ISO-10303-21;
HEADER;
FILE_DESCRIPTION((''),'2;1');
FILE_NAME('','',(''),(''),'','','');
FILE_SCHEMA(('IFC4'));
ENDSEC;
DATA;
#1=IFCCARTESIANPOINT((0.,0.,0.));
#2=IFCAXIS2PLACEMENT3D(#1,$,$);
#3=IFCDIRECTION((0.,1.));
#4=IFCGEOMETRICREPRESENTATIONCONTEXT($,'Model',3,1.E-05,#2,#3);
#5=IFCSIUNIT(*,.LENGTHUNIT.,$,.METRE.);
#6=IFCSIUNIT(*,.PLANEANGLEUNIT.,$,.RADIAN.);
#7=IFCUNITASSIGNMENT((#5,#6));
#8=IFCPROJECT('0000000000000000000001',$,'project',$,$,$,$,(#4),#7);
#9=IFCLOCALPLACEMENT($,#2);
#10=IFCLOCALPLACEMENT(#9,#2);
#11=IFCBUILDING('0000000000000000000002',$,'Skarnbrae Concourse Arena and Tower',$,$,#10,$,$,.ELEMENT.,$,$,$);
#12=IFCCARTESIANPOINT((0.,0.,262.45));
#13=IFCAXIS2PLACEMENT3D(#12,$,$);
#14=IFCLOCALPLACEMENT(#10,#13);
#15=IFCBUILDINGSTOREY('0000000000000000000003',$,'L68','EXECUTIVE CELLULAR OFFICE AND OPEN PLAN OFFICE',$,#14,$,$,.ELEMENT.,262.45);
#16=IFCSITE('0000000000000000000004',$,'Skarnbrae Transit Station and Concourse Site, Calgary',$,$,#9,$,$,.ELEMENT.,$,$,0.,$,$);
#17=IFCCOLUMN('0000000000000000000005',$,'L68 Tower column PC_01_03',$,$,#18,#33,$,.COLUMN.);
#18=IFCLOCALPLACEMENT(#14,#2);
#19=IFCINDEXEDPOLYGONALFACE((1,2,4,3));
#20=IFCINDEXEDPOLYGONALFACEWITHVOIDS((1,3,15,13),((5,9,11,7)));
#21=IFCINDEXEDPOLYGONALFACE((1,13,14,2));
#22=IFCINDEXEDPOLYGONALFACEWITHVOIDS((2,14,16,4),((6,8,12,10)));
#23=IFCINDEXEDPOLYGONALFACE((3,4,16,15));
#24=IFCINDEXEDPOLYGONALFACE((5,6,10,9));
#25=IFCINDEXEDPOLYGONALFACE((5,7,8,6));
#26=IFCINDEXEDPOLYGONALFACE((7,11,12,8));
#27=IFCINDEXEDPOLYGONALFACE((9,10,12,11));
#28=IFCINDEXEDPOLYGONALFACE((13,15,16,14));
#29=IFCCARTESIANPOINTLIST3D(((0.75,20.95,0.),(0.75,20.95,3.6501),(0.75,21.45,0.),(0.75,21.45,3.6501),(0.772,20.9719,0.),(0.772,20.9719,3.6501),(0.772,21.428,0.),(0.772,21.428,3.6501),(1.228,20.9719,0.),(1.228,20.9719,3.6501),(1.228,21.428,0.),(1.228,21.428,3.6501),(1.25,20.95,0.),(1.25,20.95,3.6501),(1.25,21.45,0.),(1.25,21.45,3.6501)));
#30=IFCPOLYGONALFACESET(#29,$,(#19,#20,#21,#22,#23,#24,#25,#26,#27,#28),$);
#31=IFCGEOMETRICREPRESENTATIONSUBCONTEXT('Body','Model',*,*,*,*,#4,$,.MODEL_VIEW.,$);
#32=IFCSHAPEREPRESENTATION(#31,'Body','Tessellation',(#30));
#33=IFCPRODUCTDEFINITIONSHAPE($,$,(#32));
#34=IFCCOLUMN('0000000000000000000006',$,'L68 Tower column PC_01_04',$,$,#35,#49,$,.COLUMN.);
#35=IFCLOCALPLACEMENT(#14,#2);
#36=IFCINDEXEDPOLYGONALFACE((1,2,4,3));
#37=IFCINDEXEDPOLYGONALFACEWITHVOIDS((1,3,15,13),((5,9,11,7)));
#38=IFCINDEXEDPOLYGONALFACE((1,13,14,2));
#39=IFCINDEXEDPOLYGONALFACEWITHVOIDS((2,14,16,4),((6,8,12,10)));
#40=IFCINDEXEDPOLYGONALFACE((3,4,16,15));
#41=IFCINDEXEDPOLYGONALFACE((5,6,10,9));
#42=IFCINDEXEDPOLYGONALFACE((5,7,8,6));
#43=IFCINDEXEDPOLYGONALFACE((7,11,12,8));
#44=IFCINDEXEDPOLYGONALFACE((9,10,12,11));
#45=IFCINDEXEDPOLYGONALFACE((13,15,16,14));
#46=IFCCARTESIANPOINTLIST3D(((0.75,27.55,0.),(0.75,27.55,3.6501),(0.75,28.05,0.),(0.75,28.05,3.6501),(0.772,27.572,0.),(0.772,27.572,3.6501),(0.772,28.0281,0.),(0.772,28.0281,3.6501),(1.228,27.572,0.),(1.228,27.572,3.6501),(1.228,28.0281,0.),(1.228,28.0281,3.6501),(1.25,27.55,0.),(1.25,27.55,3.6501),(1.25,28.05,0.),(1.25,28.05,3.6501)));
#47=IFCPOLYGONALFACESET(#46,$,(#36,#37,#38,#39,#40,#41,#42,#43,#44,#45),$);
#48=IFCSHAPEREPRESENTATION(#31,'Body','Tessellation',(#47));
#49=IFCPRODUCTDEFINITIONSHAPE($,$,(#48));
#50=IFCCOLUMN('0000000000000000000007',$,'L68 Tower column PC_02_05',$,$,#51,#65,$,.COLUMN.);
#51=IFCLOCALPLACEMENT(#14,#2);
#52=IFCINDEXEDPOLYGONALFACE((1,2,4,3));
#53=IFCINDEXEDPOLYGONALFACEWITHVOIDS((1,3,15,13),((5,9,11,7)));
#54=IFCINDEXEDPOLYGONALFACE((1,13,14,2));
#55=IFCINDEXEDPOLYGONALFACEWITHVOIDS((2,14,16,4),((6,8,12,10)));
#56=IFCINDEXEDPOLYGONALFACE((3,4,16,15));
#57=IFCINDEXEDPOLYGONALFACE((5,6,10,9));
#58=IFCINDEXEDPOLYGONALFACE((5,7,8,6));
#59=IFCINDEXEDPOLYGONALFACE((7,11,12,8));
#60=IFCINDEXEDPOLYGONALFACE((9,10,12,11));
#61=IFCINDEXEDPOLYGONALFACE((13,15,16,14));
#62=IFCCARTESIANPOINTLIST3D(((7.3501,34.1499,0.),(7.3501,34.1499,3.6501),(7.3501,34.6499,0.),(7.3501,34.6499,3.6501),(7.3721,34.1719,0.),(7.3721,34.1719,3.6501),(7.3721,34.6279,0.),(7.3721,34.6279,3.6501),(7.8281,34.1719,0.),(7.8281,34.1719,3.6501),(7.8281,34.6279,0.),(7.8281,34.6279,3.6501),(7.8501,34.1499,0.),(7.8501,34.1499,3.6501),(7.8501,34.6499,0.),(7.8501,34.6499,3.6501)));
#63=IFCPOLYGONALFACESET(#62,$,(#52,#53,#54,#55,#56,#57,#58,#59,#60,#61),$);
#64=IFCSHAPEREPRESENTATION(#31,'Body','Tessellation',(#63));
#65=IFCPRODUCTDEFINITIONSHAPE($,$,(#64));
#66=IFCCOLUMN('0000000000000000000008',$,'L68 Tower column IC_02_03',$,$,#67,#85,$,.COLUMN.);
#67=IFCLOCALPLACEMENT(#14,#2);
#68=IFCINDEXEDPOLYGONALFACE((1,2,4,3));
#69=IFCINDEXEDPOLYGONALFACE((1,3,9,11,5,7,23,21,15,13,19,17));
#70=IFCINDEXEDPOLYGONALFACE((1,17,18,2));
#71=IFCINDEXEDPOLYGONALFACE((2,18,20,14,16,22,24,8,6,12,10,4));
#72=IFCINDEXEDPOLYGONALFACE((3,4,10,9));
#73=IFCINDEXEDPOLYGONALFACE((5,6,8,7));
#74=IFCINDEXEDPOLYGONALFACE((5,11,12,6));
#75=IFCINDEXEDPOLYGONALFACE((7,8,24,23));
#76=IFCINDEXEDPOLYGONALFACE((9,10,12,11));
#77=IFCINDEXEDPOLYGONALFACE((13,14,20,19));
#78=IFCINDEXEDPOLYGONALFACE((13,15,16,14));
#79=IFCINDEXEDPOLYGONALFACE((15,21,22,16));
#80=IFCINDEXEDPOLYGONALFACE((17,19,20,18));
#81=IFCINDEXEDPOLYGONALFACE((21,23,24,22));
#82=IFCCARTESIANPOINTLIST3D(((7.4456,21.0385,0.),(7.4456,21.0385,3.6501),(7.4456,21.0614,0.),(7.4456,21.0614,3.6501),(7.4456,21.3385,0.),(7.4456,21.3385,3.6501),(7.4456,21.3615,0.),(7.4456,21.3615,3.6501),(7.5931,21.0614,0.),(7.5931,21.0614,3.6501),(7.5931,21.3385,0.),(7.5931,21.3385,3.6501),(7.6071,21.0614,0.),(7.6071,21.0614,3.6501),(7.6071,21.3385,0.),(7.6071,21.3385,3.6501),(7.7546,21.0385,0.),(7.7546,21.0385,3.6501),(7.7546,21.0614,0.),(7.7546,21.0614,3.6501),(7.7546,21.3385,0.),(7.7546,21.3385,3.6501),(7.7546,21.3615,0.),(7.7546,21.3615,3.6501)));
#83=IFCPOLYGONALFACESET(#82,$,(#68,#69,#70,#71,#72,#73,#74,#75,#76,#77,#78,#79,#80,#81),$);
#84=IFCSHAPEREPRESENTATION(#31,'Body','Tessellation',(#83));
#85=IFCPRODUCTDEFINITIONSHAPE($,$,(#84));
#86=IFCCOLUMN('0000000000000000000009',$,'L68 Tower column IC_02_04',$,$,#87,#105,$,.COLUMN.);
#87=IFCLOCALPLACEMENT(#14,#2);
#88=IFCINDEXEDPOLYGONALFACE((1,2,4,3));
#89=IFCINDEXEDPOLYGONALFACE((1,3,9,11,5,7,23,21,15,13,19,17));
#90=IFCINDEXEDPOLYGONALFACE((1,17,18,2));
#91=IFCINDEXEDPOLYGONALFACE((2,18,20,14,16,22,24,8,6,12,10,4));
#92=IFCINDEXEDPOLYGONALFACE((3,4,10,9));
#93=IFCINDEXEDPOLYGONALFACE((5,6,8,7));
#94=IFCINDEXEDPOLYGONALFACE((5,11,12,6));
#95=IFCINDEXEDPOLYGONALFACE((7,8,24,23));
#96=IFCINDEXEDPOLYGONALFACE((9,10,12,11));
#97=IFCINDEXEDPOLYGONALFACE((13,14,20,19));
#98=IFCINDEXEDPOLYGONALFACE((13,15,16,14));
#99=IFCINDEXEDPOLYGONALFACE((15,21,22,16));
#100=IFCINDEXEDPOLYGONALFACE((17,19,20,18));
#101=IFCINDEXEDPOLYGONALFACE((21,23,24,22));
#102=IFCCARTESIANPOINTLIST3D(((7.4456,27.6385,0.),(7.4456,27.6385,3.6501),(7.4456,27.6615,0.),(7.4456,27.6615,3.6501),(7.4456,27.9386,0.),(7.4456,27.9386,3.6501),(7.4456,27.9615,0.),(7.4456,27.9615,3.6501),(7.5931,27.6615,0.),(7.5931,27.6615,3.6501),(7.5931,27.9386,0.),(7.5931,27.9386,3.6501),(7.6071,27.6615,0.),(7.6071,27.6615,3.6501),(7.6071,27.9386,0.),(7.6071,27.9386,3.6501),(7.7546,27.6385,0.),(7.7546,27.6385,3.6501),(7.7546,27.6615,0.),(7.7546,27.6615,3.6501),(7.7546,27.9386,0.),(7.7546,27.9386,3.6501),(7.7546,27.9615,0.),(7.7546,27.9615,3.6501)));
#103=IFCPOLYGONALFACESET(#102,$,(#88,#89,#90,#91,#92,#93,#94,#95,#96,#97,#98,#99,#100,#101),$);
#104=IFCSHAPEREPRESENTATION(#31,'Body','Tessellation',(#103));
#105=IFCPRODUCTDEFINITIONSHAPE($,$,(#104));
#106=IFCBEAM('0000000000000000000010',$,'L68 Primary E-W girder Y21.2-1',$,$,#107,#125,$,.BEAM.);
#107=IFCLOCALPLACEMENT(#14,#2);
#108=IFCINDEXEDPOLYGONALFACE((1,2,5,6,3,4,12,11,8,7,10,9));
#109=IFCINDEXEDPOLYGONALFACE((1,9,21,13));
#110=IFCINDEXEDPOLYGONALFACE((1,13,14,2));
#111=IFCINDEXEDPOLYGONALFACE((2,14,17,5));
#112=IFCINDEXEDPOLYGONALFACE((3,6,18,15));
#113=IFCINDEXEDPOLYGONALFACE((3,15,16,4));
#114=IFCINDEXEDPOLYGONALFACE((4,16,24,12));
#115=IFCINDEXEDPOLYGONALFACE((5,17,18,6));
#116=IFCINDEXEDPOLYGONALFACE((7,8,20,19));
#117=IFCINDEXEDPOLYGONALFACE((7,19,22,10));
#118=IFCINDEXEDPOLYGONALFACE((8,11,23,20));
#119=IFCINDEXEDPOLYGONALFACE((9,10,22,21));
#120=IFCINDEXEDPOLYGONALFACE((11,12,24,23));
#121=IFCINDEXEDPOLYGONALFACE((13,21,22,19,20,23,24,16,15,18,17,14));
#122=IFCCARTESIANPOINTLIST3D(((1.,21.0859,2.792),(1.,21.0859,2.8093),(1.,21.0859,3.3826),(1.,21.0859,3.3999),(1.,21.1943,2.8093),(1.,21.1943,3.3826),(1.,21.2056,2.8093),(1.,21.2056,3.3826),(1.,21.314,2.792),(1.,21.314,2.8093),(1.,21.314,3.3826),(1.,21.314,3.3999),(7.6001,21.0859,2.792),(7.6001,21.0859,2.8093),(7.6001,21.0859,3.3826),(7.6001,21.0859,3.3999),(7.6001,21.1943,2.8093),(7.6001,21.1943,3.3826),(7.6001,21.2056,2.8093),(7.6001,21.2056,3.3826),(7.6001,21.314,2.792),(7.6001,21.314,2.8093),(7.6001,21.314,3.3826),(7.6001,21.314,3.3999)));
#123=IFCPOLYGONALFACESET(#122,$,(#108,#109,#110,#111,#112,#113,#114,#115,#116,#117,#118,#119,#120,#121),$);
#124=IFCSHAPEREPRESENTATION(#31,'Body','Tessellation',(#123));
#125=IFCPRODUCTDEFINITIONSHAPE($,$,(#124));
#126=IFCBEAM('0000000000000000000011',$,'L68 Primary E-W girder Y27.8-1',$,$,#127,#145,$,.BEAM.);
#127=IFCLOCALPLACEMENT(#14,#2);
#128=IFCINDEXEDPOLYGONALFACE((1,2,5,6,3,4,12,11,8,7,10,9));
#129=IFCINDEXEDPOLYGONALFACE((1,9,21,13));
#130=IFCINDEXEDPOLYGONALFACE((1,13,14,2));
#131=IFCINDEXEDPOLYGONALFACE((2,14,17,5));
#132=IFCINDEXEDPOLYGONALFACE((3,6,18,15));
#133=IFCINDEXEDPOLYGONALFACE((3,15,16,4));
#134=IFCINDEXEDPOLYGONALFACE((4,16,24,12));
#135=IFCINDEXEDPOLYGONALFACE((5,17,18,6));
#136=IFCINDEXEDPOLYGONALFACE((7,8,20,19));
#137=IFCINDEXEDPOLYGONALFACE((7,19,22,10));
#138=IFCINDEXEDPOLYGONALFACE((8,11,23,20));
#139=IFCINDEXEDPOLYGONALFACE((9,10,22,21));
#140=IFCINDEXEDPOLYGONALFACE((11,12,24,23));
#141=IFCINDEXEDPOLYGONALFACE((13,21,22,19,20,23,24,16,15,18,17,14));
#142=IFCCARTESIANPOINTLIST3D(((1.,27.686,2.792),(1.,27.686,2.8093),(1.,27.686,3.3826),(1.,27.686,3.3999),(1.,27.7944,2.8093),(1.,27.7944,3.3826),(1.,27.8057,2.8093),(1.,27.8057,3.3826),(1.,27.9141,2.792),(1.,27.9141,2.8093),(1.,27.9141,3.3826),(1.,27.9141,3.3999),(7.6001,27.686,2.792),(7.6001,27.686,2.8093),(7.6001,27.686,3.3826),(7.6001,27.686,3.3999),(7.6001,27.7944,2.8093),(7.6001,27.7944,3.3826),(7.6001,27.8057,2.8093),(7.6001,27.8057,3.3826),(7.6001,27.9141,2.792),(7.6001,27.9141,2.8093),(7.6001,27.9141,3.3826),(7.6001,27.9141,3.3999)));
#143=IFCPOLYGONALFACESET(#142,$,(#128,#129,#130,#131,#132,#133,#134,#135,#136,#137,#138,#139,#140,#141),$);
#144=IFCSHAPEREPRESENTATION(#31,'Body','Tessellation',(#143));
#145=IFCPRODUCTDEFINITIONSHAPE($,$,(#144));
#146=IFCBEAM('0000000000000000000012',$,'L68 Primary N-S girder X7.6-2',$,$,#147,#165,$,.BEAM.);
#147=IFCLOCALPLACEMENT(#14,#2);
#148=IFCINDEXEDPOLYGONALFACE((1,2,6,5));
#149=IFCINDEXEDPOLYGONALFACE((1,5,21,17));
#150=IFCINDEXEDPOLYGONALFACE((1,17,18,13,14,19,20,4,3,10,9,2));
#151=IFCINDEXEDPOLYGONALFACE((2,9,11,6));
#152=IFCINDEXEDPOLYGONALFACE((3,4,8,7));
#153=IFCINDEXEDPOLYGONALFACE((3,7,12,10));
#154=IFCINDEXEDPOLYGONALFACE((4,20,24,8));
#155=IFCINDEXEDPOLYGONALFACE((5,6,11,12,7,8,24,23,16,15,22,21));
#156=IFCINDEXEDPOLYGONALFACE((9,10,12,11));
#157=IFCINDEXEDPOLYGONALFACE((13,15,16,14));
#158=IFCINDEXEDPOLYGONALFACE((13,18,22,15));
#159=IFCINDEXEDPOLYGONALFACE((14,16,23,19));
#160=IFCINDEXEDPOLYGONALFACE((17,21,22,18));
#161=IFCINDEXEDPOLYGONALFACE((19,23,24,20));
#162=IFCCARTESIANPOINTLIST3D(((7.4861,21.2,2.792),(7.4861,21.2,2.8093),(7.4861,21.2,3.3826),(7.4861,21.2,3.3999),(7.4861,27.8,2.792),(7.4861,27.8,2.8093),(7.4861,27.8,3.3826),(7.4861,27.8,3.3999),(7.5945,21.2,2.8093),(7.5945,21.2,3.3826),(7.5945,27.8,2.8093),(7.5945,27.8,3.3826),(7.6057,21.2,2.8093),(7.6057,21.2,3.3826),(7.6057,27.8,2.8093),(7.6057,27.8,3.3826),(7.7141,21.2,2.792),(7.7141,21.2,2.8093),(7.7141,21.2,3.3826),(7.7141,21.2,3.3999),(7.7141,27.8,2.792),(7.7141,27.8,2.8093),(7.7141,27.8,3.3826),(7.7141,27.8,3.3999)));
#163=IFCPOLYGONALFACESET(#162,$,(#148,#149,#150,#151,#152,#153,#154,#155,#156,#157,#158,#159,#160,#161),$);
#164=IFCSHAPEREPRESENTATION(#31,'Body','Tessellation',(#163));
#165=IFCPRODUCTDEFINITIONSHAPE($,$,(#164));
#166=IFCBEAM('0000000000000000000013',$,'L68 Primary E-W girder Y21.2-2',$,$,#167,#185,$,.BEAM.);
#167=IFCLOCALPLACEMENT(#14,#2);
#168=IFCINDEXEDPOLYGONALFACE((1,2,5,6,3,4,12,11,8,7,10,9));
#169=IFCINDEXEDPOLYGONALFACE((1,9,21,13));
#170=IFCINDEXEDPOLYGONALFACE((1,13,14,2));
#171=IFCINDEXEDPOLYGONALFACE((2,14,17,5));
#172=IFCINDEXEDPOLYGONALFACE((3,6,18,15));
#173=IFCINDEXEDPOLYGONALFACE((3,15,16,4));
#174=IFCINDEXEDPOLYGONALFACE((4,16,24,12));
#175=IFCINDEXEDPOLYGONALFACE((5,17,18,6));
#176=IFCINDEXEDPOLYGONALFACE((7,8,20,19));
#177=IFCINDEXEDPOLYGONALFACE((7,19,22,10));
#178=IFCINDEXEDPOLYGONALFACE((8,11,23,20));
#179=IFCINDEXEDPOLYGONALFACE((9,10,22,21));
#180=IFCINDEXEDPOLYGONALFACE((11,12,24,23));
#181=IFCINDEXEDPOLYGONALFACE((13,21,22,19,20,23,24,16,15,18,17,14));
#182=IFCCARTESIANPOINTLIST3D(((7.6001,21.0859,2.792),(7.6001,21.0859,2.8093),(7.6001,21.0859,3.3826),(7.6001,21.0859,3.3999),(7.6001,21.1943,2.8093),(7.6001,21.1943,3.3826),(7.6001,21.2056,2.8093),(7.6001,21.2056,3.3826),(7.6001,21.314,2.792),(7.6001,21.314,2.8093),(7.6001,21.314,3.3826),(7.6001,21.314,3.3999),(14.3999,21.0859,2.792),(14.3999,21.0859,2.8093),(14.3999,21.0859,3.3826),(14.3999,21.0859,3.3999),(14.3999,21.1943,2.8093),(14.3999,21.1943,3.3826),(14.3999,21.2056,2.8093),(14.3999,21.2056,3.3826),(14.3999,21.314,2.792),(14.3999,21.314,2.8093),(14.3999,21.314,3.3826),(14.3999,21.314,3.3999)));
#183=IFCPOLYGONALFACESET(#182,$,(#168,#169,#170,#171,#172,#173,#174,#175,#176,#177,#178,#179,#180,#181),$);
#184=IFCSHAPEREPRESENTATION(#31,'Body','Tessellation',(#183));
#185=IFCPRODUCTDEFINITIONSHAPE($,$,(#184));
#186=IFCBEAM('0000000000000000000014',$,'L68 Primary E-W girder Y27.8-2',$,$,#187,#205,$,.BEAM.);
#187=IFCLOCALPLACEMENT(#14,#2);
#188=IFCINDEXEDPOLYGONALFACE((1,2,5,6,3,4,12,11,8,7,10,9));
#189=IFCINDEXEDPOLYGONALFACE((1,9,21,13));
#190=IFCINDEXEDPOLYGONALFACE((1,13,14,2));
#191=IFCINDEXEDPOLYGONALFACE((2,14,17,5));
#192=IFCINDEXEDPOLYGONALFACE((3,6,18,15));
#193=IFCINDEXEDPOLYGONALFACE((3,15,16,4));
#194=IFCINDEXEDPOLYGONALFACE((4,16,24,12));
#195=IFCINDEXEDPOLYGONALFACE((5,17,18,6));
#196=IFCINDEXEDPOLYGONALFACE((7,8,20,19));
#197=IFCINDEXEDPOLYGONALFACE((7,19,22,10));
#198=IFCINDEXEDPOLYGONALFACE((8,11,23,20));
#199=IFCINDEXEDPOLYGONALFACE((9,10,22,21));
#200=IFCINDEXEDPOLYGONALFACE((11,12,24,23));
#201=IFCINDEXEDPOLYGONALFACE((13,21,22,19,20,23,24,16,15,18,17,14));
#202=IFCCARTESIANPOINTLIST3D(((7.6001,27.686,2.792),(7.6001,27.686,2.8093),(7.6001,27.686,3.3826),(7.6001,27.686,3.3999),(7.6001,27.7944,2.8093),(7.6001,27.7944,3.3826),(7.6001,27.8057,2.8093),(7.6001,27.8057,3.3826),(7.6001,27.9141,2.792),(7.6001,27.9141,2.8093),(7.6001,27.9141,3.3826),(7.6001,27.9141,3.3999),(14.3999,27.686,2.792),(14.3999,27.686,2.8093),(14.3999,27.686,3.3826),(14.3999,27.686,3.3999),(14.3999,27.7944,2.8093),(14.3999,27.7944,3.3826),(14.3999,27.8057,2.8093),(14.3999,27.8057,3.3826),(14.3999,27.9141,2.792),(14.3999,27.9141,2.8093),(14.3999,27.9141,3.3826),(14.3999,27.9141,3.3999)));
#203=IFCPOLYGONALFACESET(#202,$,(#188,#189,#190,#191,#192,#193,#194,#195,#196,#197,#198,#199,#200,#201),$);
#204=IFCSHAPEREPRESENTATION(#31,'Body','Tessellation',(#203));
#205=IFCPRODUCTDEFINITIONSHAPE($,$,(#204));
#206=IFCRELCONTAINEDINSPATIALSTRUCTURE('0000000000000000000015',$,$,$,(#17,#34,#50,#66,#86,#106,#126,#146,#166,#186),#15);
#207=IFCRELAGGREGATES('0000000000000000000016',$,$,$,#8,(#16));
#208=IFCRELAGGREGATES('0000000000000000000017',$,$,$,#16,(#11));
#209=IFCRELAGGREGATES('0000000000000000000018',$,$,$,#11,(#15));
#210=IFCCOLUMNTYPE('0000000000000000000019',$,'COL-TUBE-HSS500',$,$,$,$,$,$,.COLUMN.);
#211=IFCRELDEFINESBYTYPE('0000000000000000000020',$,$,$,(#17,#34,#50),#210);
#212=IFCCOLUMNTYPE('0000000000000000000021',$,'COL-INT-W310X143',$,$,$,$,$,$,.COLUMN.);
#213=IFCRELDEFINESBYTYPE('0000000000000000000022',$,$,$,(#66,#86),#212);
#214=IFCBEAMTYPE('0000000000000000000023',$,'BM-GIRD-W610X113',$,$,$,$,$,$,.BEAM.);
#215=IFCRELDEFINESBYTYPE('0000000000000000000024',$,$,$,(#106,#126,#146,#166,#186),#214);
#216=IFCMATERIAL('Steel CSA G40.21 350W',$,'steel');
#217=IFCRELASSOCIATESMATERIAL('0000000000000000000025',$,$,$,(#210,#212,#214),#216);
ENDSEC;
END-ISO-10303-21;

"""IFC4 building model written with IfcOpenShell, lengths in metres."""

from ifc_helpers import new_model, si_unit, direction, frame, origin, origin_2d, place, context, subcontext, project, spatial, hollow_rectangle, i_section, extrude, source, transform, mapped, material, material_profile, profile_set, type_object, element, save


model = new_model("IFC4")

# Units and contexts
model_context = context("Model", 3, precision=1e-05, world=origin(), true_north=direction((0.0, 1.0)))
body_context = subcontext(model_context, "Body", "Model", "MODEL_VIEW")
ifc_project = project(units=[si_unit("LENGTHUNIT", "METRE"), si_unit("PLANEANGLEUNIT", "RADIAN")], contexts=[model_context])

# Site, building, storey
site_placement = place(None, origin())
site = spatial("IfcSite", under=ifc_project, at=site_placement, Name="Skarnbrae Transit Station and Concourse Site, Calgary", CompositionType="ELEMENT", RefElevation=0.0)
building_placement = place(site_placement, origin())
building = spatial("IfcBuilding", under=site, at=building_placement, Name="Skarnbrae Concourse Arena and Tower", CompositionType="ELEMENT")
storey_placement = place(building_placement, frame((0.0, 0.0, 262.45)))
storey = spatial("IfcBuildingStorey", under=building, at=storey_placement, Name="L68", Description="EXECUTIVE CELLULAR OFFICE AND OPEN PLAN OFFICE", CompositionType="ELEMENT", Elevation=262.45)

# Columns
ifc_material_1 = material(Name="Steel CSA G40.21 350W", Category="steel")
ifc_material_profile_1 = material_profile(ifc_material_1, hollow_rectangle(XDim=0.5, YDim=0.5, WallThickness=0.022, at=origin_2d()), Name="HSS500X500X22.0")
ifc_profile_set_1 = profile_set([ifc_material_profile_1], Name="Steel CSA G40.21 350W")
column_type_1 = type_object("IfcColumnType", Name="COL-TUBE-HSS500", PredefinedType="COLUMN", material=ifc_profile_set_1)
shared_shape_1 = source(origin(), body_context, "Body", "SweptSolid", [
    extrude(hollow_rectangle(XDim=0.5, YDim=0.5, WallThickness=0.022, at=origin_2d()), origin(), (0.0, 0.0, 1.0), 3.6501),
])
for number, where, z_axis, x_axis, name in (
    (1, (1.0, 21.2, 0.0), (0.0, 0.0, 1.0), (1.0, 0.0, 0.0), "L68 Tower column PC_01_03"),
    (2, (1.0, 27.8, 0.0), (0.0, 0.0, 1.0), (1.0, 0.0, 0.0), "L68 Tower column PC_01_04"),
    (3, (7.6001, 34.3999, 0.0), (0.0, 0.0, 1.0), (1.0, 0.0, 0.0), "L68 Tower column PC_02_05"),
):
    element("IfcColumn", number, at=place(storey_placement, frame(where, z_axis=z_axis, x_axis=x_axis)), inside=storey, type_object=column_type_1, Name=name, PredefinedType="COLUMN", context=body_context, shape_type="MappedRepresentation", body=[
        mapped(shared_shape_1, transform((0.0, 0.0, 0.0))),
    ])
ifc_material_profile_2 = material_profile(ifc_material_1, i_section(OverallWidth=0.3091, OverallDepth=0.323, WebThickness=0.0139, FlangeThickness=0.0229, at=origin_2d()), Name="W310X143")
ifc_profile_set_2 = profile_set([ifc_material_profile_2], Name="Steel CSA G40.21 350W")
column_type_2 = type_object("IfcColumnType", Name="COL-INT-W310X143", PredefinedType="COLUMN", material=ifc_profile_set_2)
shared_shape_2 = source(origin(), body_context, "Body", "SweptSolid", [
    extrude(i_section(OverallWidth=0.3091, OverallDepth=0.323, WebThickness=0.0139, FlangeThickness=0.0229, at=origin_2d()), origin(), (0.0, 0.0, 1.0), 3.6501),
])
for number, where, z_axis, x_axis, name in (
    (4, (7.6001, 21.2, 0.0), (0.0, 0.0, 1.0), (1.0, 0.0, 0.0), "L68 Tower column IC_02_03"),
    (5, (7.6001, 27.8, 0.0), (0.0, 0.0, 1.0), (1.0, 0.0, 0.0), "L68 Tower column IC_02_04"),
):
    element("IfcColumn", number, at=place(storey_placement, frame(where, z_axis=z_axis, x_axis=x_axis)), inside=storey, type_object=column_type_2, Name=name, PredefinedType="COLUMN", context=body_context, shape_type="MappedRepresentation", body=[
        mapped(shared_shape_2, transform((0.0, 0.0, 0.0))),
    ])

# Beams
ifc_material_profile_3 = material_profile(ifc_material_1, i_section(OverallWidth=0.228, OverallDepth=0.6079, WebThickness=0.0112, FlangeThickness=0.0173, at=origin_2d()), Name="W610X113")
ifc_profile_set_3 = profile_set([ifc_material_profile_3], Name="Steel CSA G40.21 350W")
beam_type_1 = type_object("IfcBeamType", Name="BM-GIRD-W610X113", PredefinedType="BEAM", material=ifc_profile_set_3)
shared_shape_3 = source(origin(), body_context, "Body", "SweptSolid", [
    extrude(i_section(OverallWidth=0.228, OverallDepth=0.6079, WebThickness=0.0112, FlangeThickness=0.0173, at=origin_2d()), origin(), (0.0, 0.0, 1.0), 6.6001),
])
for number, where, z_axis, x_axis, name in (
    (6, (1.0, 21.2, 3.0959), (1.0, 0.0, 0.0), (0.0, 1.0, 0.0), "L68 Primary E-W girder Y21.2-1"),
    (7, (1.0, 27.8, 3.0959), (1.0, 0.0, 0.0), (0.0, 1.0, 0.0), "L68 Primary E-W girder Y27.8-1"),
    (8, (7.6001, 21.2, 3.0959), (0.0, 1.0, 0.0), (-1.0, 0.0, 0.0), "L68 Primary N-S girder X7.6-2"),
):
    element("IfcBeam", number, at=place(storey_placement, frame(where, z_axis=z_axis, x_axis=x_axis)), inside=storey, type_object=beam_type_1, Name=name, PredefinedType="BEAM", context=body_context, shape_type="MappedRepresentation", body=[
        mapped(shared_shape_3, transform((0.0, 0.0, 0.0))),
    ])
shared_shape_4 = source(origin(), body_context, "Body", "SweptSolid", [
    extrude(i_section(OverallWidth=0.228, OverallDepth=0.6079, WebThickness=0.0112, FlangeThickness=0.0173, at=origin_2d()), origin(), (0.0, 0.0, 1.0), 6.7998),
])
for number, where, z_axis, x_axis, name in (
    (9, (7.6001, 21.2, 3.0959), (1.0, 0.0, 0.0), (0.0, 1.0, 0.0), "L68 Primary E-W girder Y21.2-2"),
    (10, (7.6001, 27.8, 3.0959), (1.0, 0.0, 0.0), (0.0, 1.0, 0.0), "L68 Primary E-W girder Y27.8-2"),
):
    element("IfcBeam", number, at=place(storey_placement, frame(where, z_axis=z_axis, x_axis=x_axis)), inside=storey, type_object=beam_type_1, Name=name, PredefinedType="BEAM", context=body_context, shape_type="MappedRepresentation", body=[
        mapped(shared_shape_4, transform((0.0, 0.0, 0.0))),
    ])

save(model, "model.ifc")
